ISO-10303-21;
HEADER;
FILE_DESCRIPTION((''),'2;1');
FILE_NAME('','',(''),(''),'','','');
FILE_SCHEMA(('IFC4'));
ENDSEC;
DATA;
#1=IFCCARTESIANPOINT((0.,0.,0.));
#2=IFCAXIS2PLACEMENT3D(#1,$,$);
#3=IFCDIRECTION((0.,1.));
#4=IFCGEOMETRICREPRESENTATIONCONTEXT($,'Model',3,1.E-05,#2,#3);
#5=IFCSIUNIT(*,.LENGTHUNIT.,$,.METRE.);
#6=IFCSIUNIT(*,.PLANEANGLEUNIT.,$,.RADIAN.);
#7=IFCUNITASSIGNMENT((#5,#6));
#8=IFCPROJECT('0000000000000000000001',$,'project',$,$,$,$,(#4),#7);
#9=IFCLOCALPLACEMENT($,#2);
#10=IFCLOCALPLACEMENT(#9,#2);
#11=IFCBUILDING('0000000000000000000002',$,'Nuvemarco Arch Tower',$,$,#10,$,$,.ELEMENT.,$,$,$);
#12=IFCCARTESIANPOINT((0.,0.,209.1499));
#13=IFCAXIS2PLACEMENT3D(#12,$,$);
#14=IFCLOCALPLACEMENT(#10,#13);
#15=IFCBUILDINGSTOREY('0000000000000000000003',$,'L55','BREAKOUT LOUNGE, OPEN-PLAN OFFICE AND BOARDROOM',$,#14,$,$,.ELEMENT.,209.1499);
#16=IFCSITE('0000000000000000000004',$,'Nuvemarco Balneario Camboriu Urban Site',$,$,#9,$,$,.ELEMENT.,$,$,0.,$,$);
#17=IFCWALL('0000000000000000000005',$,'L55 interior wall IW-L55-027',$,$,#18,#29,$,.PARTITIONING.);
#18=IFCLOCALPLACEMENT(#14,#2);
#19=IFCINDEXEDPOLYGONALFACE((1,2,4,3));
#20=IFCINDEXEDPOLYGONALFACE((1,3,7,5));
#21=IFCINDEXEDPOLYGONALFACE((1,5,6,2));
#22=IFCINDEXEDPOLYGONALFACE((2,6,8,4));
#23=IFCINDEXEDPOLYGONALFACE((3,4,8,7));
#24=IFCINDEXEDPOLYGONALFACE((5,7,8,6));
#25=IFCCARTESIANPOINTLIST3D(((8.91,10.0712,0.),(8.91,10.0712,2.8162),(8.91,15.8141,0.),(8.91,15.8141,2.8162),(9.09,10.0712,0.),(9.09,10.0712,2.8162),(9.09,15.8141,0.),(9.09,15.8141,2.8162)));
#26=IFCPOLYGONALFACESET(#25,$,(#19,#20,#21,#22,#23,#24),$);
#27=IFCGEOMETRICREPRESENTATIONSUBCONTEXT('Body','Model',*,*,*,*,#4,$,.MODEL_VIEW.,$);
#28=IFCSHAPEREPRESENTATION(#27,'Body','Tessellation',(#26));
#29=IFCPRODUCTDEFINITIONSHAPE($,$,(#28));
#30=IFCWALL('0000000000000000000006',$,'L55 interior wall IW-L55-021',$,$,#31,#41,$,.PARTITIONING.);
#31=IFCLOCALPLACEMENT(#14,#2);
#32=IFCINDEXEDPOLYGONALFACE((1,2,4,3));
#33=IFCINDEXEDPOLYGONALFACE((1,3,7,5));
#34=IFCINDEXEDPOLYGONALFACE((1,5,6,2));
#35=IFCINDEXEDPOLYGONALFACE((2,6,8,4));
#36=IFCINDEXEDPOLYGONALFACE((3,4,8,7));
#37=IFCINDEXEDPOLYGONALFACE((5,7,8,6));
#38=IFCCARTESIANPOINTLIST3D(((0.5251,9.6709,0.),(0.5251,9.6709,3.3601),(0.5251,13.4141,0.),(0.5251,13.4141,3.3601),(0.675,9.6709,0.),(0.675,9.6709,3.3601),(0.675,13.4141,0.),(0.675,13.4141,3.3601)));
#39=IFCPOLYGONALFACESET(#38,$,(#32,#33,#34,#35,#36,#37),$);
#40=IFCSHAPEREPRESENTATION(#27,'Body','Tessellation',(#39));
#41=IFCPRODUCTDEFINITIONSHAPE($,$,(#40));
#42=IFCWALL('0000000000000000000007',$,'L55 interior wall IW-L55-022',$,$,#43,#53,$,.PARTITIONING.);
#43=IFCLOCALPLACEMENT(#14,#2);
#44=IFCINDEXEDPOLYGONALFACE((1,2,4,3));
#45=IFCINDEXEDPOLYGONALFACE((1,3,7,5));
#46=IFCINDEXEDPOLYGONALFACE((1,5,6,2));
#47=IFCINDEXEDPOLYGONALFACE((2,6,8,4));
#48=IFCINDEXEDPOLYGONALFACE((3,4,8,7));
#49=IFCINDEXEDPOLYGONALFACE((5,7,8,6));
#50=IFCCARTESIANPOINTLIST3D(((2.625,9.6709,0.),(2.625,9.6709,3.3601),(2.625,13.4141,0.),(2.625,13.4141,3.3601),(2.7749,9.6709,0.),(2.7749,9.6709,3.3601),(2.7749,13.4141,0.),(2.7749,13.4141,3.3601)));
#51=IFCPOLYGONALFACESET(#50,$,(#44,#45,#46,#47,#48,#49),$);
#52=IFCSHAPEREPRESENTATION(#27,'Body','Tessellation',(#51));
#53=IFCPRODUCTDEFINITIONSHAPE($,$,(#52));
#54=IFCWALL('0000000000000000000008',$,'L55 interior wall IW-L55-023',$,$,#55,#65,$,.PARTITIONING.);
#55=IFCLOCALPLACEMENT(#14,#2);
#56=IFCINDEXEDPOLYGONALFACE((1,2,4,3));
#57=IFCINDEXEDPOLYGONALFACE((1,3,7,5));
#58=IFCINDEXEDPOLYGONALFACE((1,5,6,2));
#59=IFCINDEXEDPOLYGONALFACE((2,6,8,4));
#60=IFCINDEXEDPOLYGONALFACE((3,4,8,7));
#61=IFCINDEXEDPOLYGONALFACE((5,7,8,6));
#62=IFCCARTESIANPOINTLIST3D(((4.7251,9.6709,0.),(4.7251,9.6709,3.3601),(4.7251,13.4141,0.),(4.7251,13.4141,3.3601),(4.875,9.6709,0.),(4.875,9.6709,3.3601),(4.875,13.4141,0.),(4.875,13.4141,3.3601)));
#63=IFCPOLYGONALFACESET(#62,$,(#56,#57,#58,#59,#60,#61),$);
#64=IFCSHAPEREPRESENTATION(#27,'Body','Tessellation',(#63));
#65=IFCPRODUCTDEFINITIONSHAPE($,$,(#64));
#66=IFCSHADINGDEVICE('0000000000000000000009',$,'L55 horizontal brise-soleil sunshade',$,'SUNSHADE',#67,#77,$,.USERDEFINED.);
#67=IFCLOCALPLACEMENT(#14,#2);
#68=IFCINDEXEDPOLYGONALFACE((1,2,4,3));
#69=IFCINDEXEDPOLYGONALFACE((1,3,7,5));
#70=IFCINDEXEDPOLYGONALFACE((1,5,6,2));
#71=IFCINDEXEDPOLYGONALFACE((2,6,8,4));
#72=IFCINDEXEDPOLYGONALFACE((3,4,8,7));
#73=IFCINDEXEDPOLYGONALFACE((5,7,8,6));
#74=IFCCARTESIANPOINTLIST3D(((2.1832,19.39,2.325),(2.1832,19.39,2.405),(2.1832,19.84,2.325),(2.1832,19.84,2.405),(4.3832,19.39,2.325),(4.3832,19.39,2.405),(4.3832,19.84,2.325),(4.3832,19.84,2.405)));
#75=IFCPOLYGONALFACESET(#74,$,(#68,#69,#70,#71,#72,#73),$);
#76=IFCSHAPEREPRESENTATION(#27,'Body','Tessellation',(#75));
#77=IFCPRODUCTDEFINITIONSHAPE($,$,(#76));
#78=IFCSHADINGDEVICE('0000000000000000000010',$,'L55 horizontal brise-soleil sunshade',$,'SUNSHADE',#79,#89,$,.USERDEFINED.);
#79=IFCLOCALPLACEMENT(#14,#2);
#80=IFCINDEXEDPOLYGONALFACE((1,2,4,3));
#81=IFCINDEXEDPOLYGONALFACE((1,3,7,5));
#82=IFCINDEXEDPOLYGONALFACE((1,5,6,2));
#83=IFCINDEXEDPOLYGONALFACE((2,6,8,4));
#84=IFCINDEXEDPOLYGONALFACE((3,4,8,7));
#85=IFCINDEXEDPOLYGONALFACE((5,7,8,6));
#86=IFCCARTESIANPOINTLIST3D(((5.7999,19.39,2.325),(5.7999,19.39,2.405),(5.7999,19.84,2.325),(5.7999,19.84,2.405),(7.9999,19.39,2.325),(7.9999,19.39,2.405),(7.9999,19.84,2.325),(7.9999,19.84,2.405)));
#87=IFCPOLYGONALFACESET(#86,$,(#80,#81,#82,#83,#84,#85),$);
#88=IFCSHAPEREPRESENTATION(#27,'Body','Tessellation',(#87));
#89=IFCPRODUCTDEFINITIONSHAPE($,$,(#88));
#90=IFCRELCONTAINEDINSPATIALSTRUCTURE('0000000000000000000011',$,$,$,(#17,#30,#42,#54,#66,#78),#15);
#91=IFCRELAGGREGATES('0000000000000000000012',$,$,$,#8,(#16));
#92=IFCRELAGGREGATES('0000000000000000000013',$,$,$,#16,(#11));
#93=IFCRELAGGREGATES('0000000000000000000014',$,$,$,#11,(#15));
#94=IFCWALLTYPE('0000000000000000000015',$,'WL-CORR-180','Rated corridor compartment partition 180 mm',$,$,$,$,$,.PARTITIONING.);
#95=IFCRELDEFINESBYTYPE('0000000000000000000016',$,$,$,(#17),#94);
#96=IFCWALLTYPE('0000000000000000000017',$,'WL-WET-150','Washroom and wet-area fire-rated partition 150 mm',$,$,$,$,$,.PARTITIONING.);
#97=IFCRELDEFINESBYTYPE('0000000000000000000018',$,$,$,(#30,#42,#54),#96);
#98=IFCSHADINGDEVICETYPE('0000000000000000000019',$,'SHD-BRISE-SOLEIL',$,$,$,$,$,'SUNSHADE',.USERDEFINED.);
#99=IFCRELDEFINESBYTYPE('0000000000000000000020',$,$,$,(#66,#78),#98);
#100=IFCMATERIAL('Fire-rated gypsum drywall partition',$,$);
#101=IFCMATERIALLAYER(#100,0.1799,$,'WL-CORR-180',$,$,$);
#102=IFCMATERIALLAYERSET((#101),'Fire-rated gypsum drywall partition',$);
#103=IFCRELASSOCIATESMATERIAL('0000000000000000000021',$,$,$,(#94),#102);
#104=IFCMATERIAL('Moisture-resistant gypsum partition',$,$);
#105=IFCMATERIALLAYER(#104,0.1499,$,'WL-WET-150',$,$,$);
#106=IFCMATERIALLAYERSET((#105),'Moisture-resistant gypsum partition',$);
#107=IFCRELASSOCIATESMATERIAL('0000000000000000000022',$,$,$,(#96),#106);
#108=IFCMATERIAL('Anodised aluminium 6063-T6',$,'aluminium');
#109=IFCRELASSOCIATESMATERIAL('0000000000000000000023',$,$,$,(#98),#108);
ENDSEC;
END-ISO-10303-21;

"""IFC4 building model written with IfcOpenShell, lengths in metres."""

from ifc_helpers import new_model, si_unit, direction, frame, frame_2d, origin, origin_2d, place, context, subcontext, project, spatial, rectangle, extrude, source, transform, mapped, material, layer, layer_set, type_object, type_shapes, element, save


model = new_model("IFC4")

# Units and contexts
model_context = context("Model", 3, precision=1e-05, world=origin(), true_north=direction((0.0, 1.0)))
body_context = subcontext(model_context, "Body", "Model", "MODEL_VIEW")
ifc_project = project(units=[si_unit("LENGTHUNIT", "METRE"), si_unit("PLANEANGLEUNIT", "RADIAN")], contexts=[model_context])

# Site, building, storey
site_placement = place(None, origin())
site = spatial("IfcSite", under=ifc_project, at=site_placement, Name="Nuvemarco Balneario Camboriu Urban Site", CompositionType="ELEMENT", RefElevation=0.0)
building_placement = place(site_placement, origin())
building = spatial("IfcBuilding", under=site, at=building_placement, Name="Nuvemarco Arch Tower", CompositionType="ELEMENT")
storey_placement = place(building_placement, frame((0.0, 0.0, 209.1499)))
storey = spatial("IfcBuildingStorey", under=building, at=storey_placement, Name="L55", Description="BREAKOUT LOUNGE, OPEN-PLAN OFFICE AND BOARDROOM", CompositionType="ELEMENT", Elevation=209.1499)

# Walls
ifc_material_1 = material(Name="Fire-rated gypsum drywall partition")
ifc_layer_1 = layer(ifc_material_1, 0.1799, Name="WL-CORR-180")
ifc_layer_set_1 = layer_set([ifc_layer_1], Name="Fire-rated gypsum drywall partition")
wall_type_1 = type_object("IfcWallType", Name="WL-CORR-180", Description="Rated corridor compartment partition 180 mm", PredefinedType="PARTITIONING", material=ifc_layer_set_1)
wall_1_placement = place(storey_placement, frame((9.0, 10.071, 0.0), z_axis=(0.0, 0.0, 1.0), x_axis=(0.0, 1.0, 0.0)))
element("IfcWall", 1, at=wall_1_placement, inside=storey, type_object=wall_type_1, Name="L55 interior wall IW-L55-027", PredefinedType="PARTITIONING", context=body_context, shape_type="SweptSolid", body=[
    extrude(rectangle(XDim=5.7429, YDim=0.1799, at=frame_2d((2.8716, 0.0))), origin(), (0.0, 0.0, 1.0), 2.8162),
])
ifc_material_2 = material(Name="Moisture-resistant gypsum partition")
ifc_layer_2 = layer(ifc_material_2, 0.1499, Name="WL-WET-150")
ifc_layer_set_2 = layer_set([ifc_layer_2], Name="Moisture-resistant gypsum partition")
wall_type_2 = type_object("IfcWallType", Name="WL-WET-150", Description="Washroom and wet-area fire-rated partition 150 mm", PredefinedType="PARTITIONING", material=ifc_layer_set_2)
for number, where, z_axis, x_axis, name in (
    (2, (0.6001, 9.6709, 0.0), (0.0, 0.0, 1.0), (0.0, 1.0, 0.0), "L55 interior wall IW-L55-021"),
    (3, (2.7, 9.6709, 0.0), (0.0, 0.0, 1.0), (0.0, 1.0, 0.0), "L55 interior wall IW-L55-022"),
    (4, (4.8, 9.6709, 0.0), (0.0, 0.0, 1.0), (0.0, 1.0, 0.0), "L55 interior wall IW-L55-023"),
):
    element("IfcWall", number, at=place(storey_placement, frame(where, z_axis=z_axis, x_axis=x_axis)), inside=storey, type_object=wall_type_2, Name=name, PredefinedType="PARTITIONING", context=body_context, shape_type="SweptSolid", body=[
        extrude(rectangle(XDim=3.7432, YDim=0.1499, at=frame_2d((1.8716, 0.0))), origin(), (0.0, 0.0, 1.0), 3.3601),
    ])

# Shading devices
ifc_material_3 = material(Name="Anodised aluminium 6063-T6", Category="aluminium")
shading_device_type = type_object("IfcShadingDeviceType", Name="SHD-BRISE-SOLEIL", ElementType="SUNSHADE", PredefinedType="USERDEFINED", material=ifc_material_3)
shared_shape_1 = source(origin(), body_context, "Body", "SweptSolid", [
    extrude(rectangle(XDim=2.2, YDim=0.45, at=origin_2d()), origin(), (0.0, 0.0, 1.0), 0.0801),
])
type_shapes(shading_device_type, [shared_shape_1])
for number, where, z_axis, x_axis, name in (
    (5, (3.2832, 19.615, 2.325), (0.0, 0.0, 1.0), (1.0, 0.0, 0.0), "L55 horizontal brise-soleil sunshade"),
    (6, (6.8999, 19.615, 2.325), (0.0, 0.0, 1.0), (1.0, 0.0, 0.0), "L55 horizontal brise-soleil sunshade"),
):
    element("IfcShadingDevice", number, at=place(storey_placement, frame(where, z_axis=z_axis, x_axis=x_axis)), inside=storey, type_object=shading_device_type, Name=name, ObjectType="SUNSHADE", PredefinedType="USERDEFINED", context=body_context, shape_type="MappedRepresentation", body=[
        mapped(shared_shape_1, transform((0.0, 0.0, 0.0), scale=1.0)),
    ])

save(model, "model.ifc")
